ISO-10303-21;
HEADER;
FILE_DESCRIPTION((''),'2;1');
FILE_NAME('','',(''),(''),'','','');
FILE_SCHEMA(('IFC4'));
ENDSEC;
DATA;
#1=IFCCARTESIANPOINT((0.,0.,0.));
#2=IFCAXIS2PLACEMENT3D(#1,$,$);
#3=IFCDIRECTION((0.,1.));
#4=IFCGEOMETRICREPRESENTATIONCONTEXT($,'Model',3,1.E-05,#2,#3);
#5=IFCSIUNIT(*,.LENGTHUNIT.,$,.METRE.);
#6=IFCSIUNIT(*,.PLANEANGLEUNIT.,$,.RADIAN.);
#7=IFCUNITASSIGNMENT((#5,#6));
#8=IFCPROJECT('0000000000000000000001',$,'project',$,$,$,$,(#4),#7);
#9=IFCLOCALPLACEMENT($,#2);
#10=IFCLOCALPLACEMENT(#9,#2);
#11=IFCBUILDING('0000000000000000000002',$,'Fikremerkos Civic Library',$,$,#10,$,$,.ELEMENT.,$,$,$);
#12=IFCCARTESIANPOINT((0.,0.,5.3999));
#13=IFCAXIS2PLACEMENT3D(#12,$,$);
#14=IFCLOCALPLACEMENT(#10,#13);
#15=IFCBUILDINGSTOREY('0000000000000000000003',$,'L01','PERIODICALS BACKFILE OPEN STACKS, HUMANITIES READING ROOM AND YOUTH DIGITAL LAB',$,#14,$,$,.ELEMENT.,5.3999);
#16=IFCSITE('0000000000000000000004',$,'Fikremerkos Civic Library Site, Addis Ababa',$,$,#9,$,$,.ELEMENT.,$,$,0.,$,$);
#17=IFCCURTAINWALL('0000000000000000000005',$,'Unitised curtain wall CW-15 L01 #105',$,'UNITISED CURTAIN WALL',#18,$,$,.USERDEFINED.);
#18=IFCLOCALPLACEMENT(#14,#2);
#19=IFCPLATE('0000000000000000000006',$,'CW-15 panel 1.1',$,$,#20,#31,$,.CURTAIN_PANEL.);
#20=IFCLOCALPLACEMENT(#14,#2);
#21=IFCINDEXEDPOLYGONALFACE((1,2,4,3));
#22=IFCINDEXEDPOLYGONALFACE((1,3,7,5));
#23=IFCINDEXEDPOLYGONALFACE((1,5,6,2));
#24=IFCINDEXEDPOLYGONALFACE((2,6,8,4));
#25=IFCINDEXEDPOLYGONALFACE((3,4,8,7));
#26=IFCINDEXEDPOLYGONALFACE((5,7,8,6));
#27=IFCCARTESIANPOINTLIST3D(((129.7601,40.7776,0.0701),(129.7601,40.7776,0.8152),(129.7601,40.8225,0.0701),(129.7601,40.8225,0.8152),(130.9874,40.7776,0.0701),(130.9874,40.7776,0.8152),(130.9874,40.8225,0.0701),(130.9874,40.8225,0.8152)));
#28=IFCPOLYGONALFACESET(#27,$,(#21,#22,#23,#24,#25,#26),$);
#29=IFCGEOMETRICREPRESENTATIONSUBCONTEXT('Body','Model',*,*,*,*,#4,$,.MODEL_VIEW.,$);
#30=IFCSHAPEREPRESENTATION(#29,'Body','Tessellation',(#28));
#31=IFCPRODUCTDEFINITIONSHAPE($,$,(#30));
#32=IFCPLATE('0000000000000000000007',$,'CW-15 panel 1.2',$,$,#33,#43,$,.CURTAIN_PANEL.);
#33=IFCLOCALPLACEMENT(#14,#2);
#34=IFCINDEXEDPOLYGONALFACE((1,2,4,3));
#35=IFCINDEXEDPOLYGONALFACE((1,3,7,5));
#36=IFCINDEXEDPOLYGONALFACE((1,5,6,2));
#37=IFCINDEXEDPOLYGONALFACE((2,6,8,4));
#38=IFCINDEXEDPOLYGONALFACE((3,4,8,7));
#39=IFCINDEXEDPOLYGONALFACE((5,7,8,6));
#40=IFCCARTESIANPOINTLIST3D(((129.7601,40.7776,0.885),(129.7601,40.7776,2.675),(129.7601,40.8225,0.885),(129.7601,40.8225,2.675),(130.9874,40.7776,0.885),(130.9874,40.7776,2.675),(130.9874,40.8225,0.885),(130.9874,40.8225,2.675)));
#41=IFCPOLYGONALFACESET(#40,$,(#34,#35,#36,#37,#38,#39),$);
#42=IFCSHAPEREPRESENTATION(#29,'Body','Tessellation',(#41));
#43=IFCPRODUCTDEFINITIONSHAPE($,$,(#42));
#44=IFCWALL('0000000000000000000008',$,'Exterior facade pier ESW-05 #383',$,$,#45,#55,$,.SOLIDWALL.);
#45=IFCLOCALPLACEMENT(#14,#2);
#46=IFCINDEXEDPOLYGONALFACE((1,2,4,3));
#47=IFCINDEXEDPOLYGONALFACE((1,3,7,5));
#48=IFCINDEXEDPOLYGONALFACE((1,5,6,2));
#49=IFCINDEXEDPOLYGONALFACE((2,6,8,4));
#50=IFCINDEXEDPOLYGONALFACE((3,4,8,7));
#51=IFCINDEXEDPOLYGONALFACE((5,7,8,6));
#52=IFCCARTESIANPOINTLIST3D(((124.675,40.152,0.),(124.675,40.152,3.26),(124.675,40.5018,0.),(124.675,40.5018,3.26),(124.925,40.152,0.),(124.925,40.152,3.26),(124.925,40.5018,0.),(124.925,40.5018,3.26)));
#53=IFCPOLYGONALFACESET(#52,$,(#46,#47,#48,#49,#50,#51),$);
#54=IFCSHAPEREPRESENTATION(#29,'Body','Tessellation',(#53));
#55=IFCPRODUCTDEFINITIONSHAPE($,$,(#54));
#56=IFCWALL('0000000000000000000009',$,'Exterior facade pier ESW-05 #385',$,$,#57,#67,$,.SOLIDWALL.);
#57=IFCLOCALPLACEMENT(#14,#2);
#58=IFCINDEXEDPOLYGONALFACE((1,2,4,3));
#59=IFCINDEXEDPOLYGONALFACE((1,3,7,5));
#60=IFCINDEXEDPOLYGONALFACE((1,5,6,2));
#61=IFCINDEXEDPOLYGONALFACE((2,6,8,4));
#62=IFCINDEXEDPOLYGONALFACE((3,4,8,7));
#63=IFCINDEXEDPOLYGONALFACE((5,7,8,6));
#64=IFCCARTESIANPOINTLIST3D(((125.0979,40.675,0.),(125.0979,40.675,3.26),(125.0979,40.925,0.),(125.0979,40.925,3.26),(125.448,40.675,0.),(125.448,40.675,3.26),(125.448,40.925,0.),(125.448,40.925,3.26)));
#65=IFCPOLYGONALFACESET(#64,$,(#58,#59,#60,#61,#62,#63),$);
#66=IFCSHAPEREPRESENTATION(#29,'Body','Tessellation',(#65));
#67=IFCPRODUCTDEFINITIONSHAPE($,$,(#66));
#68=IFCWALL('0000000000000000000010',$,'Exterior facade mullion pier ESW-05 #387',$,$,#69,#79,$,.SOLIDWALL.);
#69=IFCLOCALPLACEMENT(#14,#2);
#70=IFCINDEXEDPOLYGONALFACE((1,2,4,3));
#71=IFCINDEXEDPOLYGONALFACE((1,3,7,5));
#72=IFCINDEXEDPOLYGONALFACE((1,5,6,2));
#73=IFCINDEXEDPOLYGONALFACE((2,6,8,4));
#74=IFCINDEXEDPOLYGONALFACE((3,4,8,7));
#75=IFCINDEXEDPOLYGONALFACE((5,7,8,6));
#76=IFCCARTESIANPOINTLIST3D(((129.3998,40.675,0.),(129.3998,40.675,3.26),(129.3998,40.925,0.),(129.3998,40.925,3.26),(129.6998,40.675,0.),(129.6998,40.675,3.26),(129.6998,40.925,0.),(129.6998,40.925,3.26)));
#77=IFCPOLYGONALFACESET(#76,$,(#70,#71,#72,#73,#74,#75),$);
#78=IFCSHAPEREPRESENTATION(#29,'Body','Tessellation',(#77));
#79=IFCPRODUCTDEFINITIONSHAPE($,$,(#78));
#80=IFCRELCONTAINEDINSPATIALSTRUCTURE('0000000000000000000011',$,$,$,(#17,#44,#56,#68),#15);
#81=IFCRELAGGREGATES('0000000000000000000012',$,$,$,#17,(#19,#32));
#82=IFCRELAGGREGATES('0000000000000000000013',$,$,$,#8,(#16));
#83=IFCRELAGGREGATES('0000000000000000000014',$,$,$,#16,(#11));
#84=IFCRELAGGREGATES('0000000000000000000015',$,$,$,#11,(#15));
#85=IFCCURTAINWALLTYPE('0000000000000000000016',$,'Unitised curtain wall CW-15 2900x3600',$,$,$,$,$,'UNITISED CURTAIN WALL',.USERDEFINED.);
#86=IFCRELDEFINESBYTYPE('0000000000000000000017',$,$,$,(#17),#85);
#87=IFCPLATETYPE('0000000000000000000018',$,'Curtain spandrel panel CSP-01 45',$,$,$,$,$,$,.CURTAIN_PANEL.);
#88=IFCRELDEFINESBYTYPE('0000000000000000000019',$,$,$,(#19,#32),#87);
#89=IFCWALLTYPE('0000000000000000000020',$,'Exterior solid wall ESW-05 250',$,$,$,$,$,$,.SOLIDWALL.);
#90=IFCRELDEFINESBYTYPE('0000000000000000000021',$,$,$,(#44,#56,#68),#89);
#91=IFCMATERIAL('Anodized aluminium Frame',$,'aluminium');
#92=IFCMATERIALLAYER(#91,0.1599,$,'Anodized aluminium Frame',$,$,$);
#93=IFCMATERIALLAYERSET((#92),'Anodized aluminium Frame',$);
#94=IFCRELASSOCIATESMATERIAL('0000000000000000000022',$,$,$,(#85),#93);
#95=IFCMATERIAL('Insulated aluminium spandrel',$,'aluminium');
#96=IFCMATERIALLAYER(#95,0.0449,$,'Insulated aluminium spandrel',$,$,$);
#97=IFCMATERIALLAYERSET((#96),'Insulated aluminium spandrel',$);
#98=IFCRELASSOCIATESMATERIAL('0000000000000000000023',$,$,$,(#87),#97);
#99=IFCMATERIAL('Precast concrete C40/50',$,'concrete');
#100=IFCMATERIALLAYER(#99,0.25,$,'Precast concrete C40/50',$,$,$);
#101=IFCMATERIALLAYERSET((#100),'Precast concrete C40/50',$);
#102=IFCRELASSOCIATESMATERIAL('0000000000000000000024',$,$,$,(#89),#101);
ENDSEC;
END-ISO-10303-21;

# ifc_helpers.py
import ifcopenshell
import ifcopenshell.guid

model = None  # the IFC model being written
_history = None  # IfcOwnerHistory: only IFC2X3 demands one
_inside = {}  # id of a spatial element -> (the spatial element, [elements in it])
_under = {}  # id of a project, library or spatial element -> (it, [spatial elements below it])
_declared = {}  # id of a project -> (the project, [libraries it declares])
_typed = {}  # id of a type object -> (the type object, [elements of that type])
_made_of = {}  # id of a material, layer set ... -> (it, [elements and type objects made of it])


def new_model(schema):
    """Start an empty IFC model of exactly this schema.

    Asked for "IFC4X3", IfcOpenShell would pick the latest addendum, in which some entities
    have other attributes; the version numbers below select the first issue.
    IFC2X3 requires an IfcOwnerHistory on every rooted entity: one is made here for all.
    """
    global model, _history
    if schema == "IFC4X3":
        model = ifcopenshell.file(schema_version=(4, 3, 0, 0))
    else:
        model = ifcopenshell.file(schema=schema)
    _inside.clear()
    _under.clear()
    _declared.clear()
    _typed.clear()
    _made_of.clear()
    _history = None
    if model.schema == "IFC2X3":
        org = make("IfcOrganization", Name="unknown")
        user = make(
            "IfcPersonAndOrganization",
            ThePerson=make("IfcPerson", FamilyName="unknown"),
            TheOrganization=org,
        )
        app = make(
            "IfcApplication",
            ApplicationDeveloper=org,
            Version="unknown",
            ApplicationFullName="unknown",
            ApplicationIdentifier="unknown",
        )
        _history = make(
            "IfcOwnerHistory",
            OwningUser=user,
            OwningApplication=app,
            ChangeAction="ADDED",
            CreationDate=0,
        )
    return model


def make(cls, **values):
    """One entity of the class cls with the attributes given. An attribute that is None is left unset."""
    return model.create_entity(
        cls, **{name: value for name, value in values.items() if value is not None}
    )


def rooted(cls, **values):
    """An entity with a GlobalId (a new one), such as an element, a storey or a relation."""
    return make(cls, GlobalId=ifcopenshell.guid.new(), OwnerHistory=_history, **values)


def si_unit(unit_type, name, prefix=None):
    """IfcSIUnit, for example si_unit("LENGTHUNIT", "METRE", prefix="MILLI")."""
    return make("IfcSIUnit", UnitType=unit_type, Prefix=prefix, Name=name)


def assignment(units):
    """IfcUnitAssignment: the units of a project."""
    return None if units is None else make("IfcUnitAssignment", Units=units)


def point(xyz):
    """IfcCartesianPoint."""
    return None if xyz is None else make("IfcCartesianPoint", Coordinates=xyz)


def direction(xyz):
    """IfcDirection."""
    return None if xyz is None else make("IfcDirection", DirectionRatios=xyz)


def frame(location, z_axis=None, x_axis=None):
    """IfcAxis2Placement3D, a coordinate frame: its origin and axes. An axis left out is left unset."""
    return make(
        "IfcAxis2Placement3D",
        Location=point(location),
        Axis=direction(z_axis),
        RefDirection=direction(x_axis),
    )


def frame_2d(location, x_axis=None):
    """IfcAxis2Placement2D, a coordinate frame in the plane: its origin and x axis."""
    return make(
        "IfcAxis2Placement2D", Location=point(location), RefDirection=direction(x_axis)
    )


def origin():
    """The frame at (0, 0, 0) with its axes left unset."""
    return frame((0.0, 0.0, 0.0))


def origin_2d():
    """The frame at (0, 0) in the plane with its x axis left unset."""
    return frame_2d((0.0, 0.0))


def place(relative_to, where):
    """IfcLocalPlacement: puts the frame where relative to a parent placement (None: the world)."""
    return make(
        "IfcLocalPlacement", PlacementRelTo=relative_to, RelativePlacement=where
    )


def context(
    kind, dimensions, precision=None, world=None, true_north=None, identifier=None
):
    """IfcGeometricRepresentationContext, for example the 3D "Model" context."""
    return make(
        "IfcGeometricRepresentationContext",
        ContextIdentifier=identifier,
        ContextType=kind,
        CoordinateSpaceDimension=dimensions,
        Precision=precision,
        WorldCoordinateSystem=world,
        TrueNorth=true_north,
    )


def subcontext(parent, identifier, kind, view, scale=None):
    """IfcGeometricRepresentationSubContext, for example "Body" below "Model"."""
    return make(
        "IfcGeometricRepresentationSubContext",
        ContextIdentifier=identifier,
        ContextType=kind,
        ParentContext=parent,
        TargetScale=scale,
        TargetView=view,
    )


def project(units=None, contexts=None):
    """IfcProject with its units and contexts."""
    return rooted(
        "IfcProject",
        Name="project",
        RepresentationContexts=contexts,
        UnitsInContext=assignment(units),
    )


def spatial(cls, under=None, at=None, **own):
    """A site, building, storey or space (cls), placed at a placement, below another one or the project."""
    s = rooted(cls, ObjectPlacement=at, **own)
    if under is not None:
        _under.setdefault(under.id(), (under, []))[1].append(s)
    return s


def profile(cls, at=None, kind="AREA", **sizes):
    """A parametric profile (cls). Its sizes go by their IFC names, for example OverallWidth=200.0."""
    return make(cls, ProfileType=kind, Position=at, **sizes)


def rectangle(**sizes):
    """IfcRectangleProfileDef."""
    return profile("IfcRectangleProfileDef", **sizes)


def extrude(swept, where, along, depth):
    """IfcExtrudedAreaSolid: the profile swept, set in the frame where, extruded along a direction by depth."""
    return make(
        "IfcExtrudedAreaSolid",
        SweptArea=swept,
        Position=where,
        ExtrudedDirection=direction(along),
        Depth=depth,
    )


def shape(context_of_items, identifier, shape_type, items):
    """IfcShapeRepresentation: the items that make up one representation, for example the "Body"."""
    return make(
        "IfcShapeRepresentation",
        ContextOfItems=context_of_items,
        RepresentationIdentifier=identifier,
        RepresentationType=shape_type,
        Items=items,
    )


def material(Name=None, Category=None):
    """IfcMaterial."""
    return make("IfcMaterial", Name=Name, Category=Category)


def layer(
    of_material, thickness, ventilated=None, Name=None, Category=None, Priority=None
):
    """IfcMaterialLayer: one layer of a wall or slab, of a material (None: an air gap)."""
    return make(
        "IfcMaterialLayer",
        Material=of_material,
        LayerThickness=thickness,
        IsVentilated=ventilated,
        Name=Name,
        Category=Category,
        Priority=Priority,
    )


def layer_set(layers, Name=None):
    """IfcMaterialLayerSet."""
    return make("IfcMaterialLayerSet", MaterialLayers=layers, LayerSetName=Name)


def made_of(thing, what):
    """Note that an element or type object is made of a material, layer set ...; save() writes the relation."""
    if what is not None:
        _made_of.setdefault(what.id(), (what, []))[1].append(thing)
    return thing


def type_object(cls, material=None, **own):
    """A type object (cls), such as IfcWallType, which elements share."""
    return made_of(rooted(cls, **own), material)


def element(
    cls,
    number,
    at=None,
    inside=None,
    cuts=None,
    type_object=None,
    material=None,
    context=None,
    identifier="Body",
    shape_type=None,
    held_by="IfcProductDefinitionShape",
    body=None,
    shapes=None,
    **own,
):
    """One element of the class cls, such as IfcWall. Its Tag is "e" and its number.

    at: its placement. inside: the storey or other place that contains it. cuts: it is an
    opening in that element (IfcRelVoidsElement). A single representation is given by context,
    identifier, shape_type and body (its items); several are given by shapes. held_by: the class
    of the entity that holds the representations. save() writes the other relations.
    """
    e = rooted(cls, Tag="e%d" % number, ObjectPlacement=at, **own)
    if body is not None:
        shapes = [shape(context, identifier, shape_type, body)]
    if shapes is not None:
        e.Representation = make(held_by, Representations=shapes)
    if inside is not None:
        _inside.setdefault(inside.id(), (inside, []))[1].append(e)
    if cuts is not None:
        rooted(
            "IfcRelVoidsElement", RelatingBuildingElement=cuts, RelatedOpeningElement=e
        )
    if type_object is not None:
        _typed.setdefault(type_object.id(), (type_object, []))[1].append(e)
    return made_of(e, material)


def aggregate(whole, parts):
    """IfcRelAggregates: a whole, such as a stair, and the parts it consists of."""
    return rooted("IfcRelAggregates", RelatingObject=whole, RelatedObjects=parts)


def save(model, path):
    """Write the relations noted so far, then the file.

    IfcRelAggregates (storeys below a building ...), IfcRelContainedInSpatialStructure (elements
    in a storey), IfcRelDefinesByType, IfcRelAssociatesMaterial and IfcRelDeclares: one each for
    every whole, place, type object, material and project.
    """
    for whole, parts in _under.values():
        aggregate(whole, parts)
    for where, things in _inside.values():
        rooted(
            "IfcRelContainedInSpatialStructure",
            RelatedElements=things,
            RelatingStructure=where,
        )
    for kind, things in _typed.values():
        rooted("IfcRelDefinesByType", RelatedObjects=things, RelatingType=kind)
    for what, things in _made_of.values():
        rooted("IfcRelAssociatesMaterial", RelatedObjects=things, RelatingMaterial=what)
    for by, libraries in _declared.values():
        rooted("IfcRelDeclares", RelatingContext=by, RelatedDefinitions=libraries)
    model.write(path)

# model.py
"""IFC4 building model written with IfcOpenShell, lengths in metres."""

from ifc_helpers import new_model, si_unit, direction, frame, frame_2d, origin, origin_2d, place, context, subcontext, project, spatial, rectangle, extrude, material, layer, layer_set, type_object, element, aggregate, save


model = new_model("IFC4")

# Units and contexts
model_context = context("Model", 3, precision=1e-05, world=origin(), true_north=direction((0.0, 1.0)))
body_context = subcontext(model_context, "Body", "Model", "MODEL_VIEW")
ifc_project = project(units=[si_unit("LENGTHUNIT", "METRE"), si_unit("PLANEANGLEUNIT", "RADIAN")], contexts=[model_context])

# Site, building, storey
site_placement = place(None, origin())
site = spatial("IfcSite", under=ifc_project, at=site_placement, Name="Fikremerkos Civic Library Site, Addis Ababa", CompositionType="ELEMENT", RefElevation=0.0)
building_placement = place(site_placement, origin())
building = spatial("IfcBuilding", under=site, at=building_placement, Name="Fikremerkos Civic Library", CompositionType="ELEMENT")
storey_placement = place(building_placement, frame((0.0, 0.0, 5.3999)))
storey = spatial("IfcBuildingStorey", under=building, at=storey_placement, Name="L01", Description="PERIODICALS BACKFILE OPEN STACKS, HUMANITIES READING ROOM AND YOUTH DIGITAL LAB", CompositionType="ELEMENT", Elevation=5.3999)

# Shared definitions
ifc_material_1 = material(Name="Anodized aluminium Frame", Category="aluminium")

# Curtain wall
ifc_layer_1 = layer(ifc_material_1, 0.1599, Name="Anodized aluminium Frame")
ifc_layer_set_1 = layer_set([ifc_layer_1], Name="Anodized aluminium Frame")
curtain_wall_type_1 = type_object("IfcCurtainWallType", Name="Unitised curtain wall CW-15 2900x3600", ElementType="UNITISED CURTAIN WALL", PredefinedType="USERDEFINED", material=ifc_layer_set_1)
curtain_wall_1_placement = place(storey_placement, origin())
curtain_wall_1 = element("IfcCurtainWall", 1, at=curtain_wall_1_placement, inside=storey, type_object=curtain_wall_type_1, Name="Unitised curtain wall CW-15 L01 #105", ObjectType="UNITISED CURTAIN WALL", PredefinedType="USERDEFINED")

# Plates
ifc_material_2 = material(Name="Insulated aluminium spandrel", Category="aluminium")
ifc_layer_2 = layer(ifc_material_2, 0.0449, Name="Insulated aluminium spandrel")
ifc_layer_set_2 = layer_set([ifc_layer_2], Name="Insulated aluminium spandrel")
plate_type_1 = type_object("IfcPlateType", Name="Curtain spandrel panel CSP-01 45", PredefinedType="CURTAIN_PANEL", material=ifc_layer_set_2)
plate_1_placement = place(storey_placement, frame((130.3738, 40.8, 0.0701), z_axis=(0.0, 0.0, 1.0), x_axis=(1.0, 0.0, 0.0)))
plate_1 = element("IfcPlate", 2, at=plate_1_placement, type_object=plate_type_1, Name="CW-15 panel 1.1", PredefinedType="CURTAIN_PANEL", context=body_context, shape_type="SweptSolid", body=[
    extrude(rectangle(XDim=1.2273, YDim=0.0449, at=origin_2d()), origin(), (0.0, 0.0, 1.0), 0.7451),
])
plate_2_placement = place(storey_placement, frame((130.3738, 40.8, 0.885), z_axis=(0.0, 0.0, 1.0), x_axis=(1.0, 0.0, 0.0)))
plate_2 = element("IfcPlate", 3, at=plate_2_placement, type_object=plate_type_1, Name="CW-15 panel 1.2", PredefinedType="CURTAIN_PANEL", context=body_context, shape_type="SweptSolid", body=[
    extrude(rectangle(XDim=1.2273, YDim=0.0449, at=origin_2d()), origin(), (0.0, 0.0, 1.0), 1.79),
])
aggregate(curtain_wall_1, [plate_1, plate_2])

# Walls
ifc_material_3 = material(Name="Precast concrete C40/50", Category="concrete")
ifc_layer_3 = layer(ifc_material_3, 0.25, Name="Precast concrete C40/50")
ifc_layer_set_3 = layer_set([ifc_layer_3], Name="Precast concrete C40/50")
wall_type = type_object("IfcWallType", Name="Exterior solid wall ESW-05 250", PredefinedType="SOLIDWALL", material=ifc_layer_set_3)
wall_1_placement = place(storey_placement, frame((124.8, 40.1521, 0.0), z_axis=(0.0, 0.0, 1.0), x_axis=(0.0, 1.0, 0.0)))
element("IfcWall", 4, at=wall_1_placement, inside=storey, type_object=wall_type, Name="Exterior facade pier ESW-05 #383", PredefinedType="SOLIDWALL", context=body_context, shape_type="SweptSolid", body=[
    extrude(rectangle(XDim=0.3499, YDim=0.25, at=frame_2d((0.1748, 0.0))), origin(), (0.0, 0.0, 1.0), 3.26),
])
wall_2_placement = place(storey_placement, frame((125.0979, 40.8, 0.0), z_axis=(0.0, 0.0, 1.0), x_axis=(1.0, 0.0, 0.0)))
element("IfcWall", 5, at=wall_2_placement, inside=storey, type_object=wall_type, Name="Exterior facade pier ESW-05 #385", PredefinedType="SOLIDWALL", context=body_context, shape_type="SweptSolid", body=[
    extrude(rectangle(XDim=0.3501, YDim=0.25, at=frame_2d((0.175, 0.0))), origin(), (0.0, 0.0, 1.0), 3.26),
])
wall_3_placement = place(storey_placement, frame((129.3999, 40.8, 0.0), z_axis=(0.0, 0.0, 1.0), x_axis=(1.0, 0.0, 0.0)))
element("IfcWall", 6, at=wall_3_placement, inside=storey, type_object=wall_type, Name="Exterior facade mullion pier ESW-05 #387", PredefinedType="SOLIDWALL", context=body_context, shape_type="SweptSolid", body=[
    extrude(rectangle(XDim=0.3, YDim=0.25, at=frame_2d((0.1499, 0.0))), origin(), (0.0, 0.0, 1.0), 3.26),
])

save(model, "model.ifc")
